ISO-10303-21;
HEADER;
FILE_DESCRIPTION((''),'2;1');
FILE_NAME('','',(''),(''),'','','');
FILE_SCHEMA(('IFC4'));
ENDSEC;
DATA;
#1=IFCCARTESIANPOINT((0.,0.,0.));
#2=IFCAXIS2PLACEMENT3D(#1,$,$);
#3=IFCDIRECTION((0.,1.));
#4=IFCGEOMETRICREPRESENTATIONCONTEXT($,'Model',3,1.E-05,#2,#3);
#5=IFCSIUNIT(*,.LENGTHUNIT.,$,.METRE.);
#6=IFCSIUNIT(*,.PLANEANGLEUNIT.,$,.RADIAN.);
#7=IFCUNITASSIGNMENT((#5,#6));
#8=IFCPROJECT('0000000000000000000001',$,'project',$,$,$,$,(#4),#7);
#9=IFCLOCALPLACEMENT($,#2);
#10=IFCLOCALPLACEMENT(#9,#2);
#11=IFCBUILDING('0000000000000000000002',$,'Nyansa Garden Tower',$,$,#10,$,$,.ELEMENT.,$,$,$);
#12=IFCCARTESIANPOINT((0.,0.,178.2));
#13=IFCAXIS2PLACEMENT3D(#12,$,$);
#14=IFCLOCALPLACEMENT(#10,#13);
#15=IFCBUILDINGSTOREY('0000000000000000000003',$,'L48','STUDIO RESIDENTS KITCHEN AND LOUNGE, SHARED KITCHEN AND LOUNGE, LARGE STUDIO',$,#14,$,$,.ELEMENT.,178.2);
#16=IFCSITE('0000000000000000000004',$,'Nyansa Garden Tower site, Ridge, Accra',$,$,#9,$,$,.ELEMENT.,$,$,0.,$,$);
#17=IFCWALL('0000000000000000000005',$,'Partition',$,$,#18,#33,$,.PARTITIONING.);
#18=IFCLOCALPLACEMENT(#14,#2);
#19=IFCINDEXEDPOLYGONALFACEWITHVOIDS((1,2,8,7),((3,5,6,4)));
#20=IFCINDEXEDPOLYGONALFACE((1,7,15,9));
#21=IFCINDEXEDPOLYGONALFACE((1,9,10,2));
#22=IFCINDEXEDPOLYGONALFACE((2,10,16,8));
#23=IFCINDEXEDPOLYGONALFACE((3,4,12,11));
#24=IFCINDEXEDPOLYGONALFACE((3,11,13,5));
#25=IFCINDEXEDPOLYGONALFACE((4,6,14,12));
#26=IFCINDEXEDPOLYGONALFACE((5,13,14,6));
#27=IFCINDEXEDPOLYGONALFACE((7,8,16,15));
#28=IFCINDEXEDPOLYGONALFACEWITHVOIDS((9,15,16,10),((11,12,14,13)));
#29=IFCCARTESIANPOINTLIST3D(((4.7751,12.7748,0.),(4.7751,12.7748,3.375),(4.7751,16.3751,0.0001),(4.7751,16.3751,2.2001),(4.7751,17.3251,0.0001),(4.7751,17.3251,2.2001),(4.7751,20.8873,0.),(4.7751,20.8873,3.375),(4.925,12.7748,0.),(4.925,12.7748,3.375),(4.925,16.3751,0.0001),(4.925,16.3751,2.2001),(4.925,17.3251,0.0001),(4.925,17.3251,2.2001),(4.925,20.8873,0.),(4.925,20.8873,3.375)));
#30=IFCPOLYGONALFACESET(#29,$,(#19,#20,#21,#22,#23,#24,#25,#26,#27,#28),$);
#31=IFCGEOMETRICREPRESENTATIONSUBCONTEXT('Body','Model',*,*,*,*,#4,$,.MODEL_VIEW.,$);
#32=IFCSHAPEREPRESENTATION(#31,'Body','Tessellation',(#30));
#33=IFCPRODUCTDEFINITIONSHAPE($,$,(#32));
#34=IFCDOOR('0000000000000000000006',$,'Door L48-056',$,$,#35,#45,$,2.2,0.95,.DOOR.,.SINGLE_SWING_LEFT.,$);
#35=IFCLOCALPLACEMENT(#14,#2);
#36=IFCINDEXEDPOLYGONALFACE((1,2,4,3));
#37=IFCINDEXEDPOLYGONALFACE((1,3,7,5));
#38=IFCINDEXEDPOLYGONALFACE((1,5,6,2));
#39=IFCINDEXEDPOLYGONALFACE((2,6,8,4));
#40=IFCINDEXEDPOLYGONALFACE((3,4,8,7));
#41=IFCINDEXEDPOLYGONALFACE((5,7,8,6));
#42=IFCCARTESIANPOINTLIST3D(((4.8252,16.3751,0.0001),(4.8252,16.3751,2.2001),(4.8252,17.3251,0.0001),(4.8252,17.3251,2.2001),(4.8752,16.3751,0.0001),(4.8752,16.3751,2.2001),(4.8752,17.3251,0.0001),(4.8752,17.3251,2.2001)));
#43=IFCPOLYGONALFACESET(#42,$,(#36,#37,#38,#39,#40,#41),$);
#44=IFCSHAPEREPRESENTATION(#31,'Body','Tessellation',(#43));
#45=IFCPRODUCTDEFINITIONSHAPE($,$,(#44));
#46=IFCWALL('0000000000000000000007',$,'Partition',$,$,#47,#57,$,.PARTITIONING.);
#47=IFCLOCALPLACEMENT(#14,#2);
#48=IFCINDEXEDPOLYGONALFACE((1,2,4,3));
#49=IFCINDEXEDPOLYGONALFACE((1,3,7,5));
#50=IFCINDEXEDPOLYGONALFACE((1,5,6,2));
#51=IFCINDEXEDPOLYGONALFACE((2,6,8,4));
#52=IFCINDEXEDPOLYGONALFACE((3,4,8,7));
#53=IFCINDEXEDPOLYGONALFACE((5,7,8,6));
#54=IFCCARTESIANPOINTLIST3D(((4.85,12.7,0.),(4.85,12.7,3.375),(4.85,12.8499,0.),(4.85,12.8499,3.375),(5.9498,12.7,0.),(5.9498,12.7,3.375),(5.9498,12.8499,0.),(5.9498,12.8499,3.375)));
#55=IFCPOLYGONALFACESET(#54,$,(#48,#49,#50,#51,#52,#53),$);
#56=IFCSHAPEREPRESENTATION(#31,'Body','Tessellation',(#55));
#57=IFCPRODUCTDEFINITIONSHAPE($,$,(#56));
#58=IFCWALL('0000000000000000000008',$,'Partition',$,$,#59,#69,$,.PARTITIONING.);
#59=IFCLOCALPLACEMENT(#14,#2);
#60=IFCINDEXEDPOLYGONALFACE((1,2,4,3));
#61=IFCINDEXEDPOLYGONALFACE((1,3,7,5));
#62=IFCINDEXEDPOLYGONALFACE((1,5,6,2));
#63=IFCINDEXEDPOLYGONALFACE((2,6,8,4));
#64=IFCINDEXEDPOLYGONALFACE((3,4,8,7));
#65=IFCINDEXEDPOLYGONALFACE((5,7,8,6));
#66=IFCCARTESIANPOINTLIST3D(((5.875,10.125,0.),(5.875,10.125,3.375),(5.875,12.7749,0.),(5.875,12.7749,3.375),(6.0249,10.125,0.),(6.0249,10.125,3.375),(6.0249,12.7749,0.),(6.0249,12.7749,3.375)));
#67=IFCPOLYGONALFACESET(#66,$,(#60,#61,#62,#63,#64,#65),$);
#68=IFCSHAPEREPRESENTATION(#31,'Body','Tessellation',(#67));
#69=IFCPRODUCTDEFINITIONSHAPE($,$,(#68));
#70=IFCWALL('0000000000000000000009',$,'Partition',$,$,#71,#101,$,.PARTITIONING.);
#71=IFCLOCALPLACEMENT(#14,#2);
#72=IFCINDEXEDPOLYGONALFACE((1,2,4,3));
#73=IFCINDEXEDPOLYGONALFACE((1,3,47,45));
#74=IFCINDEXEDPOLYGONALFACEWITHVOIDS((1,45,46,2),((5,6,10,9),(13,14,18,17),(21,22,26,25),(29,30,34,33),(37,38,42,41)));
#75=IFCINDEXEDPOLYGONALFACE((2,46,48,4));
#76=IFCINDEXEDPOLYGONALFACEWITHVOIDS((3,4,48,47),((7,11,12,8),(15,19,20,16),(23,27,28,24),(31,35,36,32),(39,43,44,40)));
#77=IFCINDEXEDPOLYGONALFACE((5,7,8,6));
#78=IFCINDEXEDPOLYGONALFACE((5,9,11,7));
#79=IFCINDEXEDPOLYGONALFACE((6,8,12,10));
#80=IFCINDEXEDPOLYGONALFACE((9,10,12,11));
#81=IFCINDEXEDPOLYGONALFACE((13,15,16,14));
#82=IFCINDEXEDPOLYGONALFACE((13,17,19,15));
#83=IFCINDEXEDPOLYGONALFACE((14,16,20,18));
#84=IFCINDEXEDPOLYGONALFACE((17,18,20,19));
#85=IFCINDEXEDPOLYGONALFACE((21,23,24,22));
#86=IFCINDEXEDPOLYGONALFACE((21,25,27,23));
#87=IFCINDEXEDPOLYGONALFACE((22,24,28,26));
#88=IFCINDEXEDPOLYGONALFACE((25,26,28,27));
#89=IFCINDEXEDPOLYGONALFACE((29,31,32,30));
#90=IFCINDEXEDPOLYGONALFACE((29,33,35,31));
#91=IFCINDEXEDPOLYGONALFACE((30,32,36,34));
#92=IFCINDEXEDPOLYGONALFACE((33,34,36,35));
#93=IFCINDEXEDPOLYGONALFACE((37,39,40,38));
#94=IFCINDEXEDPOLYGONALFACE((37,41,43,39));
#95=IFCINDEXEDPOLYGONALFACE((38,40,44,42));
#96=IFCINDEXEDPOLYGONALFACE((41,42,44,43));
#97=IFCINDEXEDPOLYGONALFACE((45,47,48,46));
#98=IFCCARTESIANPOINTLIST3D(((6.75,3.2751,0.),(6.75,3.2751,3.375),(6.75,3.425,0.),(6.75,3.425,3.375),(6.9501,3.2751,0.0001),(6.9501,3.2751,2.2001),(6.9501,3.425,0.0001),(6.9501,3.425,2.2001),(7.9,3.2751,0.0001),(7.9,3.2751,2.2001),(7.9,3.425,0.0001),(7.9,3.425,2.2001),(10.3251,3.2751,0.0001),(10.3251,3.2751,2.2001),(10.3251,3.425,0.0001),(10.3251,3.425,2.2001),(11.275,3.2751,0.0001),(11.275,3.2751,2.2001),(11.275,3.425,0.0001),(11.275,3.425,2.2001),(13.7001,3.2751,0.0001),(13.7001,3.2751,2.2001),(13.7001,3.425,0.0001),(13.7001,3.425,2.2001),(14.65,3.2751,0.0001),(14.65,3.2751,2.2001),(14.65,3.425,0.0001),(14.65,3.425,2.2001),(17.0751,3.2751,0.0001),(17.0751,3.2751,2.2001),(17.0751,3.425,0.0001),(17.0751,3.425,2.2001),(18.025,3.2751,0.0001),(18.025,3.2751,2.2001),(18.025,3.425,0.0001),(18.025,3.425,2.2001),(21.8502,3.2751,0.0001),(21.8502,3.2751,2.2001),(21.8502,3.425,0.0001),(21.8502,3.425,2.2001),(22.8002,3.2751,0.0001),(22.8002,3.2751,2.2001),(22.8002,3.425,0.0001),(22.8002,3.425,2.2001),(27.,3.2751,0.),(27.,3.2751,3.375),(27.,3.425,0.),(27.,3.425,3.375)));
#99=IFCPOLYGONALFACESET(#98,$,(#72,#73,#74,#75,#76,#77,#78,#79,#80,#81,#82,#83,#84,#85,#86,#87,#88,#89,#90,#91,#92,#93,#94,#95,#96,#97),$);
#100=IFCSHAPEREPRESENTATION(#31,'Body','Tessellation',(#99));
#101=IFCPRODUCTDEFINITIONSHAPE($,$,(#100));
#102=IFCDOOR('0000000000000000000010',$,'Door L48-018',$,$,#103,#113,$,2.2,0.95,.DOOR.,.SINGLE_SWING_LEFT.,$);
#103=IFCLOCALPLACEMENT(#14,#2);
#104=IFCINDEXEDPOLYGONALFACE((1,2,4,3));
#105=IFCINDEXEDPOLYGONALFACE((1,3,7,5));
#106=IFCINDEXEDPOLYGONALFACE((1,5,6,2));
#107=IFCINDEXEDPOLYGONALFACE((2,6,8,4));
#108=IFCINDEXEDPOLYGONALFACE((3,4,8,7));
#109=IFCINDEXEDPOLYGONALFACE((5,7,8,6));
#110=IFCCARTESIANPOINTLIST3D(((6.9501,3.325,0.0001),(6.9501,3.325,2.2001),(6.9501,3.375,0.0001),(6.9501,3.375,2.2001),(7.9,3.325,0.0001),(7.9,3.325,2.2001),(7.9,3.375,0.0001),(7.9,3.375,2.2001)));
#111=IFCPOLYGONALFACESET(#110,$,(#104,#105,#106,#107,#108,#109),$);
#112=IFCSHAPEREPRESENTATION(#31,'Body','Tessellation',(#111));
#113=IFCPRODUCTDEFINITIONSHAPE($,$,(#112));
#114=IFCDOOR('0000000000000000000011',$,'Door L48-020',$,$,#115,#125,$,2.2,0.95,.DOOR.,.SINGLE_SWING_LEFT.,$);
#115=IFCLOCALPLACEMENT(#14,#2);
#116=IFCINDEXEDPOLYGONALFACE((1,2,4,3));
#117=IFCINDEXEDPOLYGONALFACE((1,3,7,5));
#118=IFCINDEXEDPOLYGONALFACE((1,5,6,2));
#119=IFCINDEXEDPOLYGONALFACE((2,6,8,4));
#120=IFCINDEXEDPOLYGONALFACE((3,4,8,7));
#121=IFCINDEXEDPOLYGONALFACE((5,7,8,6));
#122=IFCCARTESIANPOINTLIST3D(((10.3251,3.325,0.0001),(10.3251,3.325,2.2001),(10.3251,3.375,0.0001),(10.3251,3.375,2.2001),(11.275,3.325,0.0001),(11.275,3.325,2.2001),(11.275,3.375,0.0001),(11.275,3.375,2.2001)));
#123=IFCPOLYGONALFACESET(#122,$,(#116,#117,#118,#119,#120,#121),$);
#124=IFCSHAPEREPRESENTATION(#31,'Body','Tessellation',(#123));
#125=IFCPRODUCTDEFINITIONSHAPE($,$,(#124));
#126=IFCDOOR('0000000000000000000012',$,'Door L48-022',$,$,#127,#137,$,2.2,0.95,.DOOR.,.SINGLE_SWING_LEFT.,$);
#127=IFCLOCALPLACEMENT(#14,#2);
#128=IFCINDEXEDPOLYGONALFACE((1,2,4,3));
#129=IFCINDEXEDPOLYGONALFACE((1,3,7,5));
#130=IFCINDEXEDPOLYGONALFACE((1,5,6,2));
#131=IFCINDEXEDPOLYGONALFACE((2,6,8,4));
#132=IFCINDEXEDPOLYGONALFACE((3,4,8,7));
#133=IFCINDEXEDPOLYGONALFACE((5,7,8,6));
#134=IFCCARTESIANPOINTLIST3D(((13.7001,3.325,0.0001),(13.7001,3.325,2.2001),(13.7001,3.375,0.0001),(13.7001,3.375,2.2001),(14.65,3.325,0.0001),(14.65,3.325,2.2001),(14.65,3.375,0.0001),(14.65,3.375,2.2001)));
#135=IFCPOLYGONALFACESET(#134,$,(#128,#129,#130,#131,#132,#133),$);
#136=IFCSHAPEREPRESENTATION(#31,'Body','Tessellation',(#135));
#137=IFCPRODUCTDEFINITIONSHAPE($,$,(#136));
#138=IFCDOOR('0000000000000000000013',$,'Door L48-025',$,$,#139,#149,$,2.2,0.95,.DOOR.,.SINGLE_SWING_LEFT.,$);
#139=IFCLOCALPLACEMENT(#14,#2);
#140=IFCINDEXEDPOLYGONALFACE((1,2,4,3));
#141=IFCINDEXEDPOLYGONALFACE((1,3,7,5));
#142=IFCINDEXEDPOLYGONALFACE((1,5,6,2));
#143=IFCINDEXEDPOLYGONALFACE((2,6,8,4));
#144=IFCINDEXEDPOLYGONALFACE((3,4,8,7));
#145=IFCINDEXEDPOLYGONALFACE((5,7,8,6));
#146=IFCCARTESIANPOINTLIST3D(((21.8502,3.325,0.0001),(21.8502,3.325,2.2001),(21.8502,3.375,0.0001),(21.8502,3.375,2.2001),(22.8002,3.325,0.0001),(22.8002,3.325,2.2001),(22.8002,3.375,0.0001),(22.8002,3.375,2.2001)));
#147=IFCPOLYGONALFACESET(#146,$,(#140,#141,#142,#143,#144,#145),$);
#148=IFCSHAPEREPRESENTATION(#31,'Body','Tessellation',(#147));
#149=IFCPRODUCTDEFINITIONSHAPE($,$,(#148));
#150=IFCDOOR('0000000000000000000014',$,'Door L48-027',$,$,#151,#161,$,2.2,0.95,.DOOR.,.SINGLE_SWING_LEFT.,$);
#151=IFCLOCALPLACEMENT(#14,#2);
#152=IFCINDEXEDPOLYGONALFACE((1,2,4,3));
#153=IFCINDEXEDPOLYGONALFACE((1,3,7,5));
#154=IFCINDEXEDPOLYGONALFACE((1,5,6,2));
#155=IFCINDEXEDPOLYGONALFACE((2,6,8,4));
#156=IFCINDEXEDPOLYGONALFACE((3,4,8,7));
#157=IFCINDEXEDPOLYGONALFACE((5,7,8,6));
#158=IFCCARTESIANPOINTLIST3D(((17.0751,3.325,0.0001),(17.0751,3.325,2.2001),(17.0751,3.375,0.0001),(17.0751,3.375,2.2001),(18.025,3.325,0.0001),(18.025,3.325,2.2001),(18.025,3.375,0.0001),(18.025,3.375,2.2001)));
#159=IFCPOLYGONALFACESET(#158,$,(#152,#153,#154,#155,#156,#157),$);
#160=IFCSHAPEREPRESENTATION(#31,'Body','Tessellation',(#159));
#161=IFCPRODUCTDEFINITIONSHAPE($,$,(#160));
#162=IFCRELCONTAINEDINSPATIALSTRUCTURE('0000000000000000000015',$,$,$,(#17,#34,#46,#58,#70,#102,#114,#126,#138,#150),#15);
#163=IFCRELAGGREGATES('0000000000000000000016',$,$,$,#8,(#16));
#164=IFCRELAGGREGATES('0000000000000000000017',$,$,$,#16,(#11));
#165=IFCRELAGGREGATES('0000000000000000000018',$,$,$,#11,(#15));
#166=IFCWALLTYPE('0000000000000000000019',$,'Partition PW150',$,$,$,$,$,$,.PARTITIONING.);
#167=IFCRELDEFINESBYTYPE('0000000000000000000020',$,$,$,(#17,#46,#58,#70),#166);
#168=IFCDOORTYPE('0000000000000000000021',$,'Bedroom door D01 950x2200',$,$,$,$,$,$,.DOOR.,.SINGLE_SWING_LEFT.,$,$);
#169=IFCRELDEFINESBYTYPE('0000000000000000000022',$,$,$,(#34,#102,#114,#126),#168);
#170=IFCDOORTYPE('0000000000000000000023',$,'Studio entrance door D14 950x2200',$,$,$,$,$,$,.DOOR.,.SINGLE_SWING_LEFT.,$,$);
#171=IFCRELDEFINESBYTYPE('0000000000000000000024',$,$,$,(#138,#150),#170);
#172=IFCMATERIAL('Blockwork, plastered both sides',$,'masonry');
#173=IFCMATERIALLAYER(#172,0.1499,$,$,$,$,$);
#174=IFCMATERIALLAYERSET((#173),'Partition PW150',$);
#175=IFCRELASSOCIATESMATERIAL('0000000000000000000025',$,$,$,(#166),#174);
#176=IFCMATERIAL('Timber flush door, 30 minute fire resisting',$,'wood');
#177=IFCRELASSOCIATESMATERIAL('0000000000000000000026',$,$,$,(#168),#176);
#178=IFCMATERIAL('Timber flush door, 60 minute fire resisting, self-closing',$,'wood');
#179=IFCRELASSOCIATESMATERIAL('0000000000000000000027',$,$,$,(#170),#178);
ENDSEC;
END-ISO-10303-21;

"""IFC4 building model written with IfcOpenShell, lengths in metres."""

from ifc_helpers import new_model, si_unit, direction, frame, frame_2d, origin, place, context, subcontext, project, spatial, rectangle, extrude, material, layer, layer_set, type_object, element, fill, save


model = new_model("IFC4")

# Units and contexts
model_context = context("Model", 3, precision=1e-05, world=origin(), true_north=direction((0.0, 1.0)))
body_context = subcontext(model_context, "Body", "Model", "MODEL_VIEW")
ifc_project = project(units=[si_unit("LENGTHUNIT", "METRE"), si_unit("PLANEANGLEUNIT", "RADIAN")], contexts=[model_context])

# Site, building, storey
site_placement = place(None, origin())
site = spatial("IfcSite", under=ifc_project, at=site_placement, Name="Nyansa Garden Tower site, Ridge, Accra", CompositionType="ELEMENT", RefElevation=0.0)
building_placement = place(site_placement, origin())
building = spatial("IfcBuilding", under=site, at=building_placement, Name="Nyansa Garden Tower", CompositionType="ELEMENT")
storey_placement = place(building_placement, frame((0.0, 0.0, 178.2)))
storey = spatial("IfcBuildingStorey", under=building, at=storey_placement, Name="L48", Description="STUDIO RESIDENTS KITCHEN AND LOUNGE, SHARED KITCHEN AND LOUNGE, LARGE STUDIO", CompositionType="ELEMENT", Elevation=178.2)

# Wall, opening, door
ifc_material_1 = material(Name="Blockwork, plastered both sides", Category="masonry")
ifc_layer = layer(ifc_material_1, 0.1499)
ifc_layer_set = layer_set([ifc_layer], Name="Partition PW150")
wall_type = type_object("IfcWallType", Name="Partition PW150", PredefinedType="PARTITIONING", material=ifc_layer_set)
wall_1_placement = place(storey_placement, frame((4.8501, 12.7749, 0.0), z_axis=(0.0, 0.0, 1.0), x_axis=(0.0, 1.0, 0.0)))
wall_1 = element("IfcWall", 1, at=wall_1_placement, inside=storey, type_object=wall_type, Name="Partition", PredefinedType="PARTITIONING", context=body_context, shape_type="SweptSolid", body=[
    extrude(rectangle(XDim=8.1125, YDim=0.1499, at=frame_2d((4.0562, 0.0))), origin(), (0.0, 0.0, 1.0), 3.375),
])
opening_1_placement = place(wall_1_placement, frame((3.6001, 0.0, 0.0)))
opening_1 = element("IfcOpeningElement", 2, at=opening_1_placement, cuts=wall_1, PredefinedType="OPENING", context=body_context, shape_type="SweptSolid", body=[
    extrude(rectangle(XDim=0.95, YDim=2.2, at=frame_2d((0.4751, 1.1001))), frame((0.0, 0.085, 0.0), z_axis=(0.0, -1.0, 0.0), x_axis=(1.0, 0.0, 0.0)), (0.0, 0.0, 1.0), 0.1699),
])
ifc_material_2 = material(Name="Timber flush door, 30 minute fire resisting", Category="wood")
door_type_1 = type_object("IfcDoorType", Name="Bedroom door D01 950x2200", OperationType="SINGLE_SWING_LEFT", PredefinedType="DOOR", material=ifc_material_2)
door_1_placement = place(opening_1_placement, origin())
door_1 = element("IfcDoor", 3, at=door_1_placement, inside=storey, type_object=door_type_1, Name="Door L48-056", OperationType="SINGLE_SWING_LEFT", OverallHeight=2.2, OverallWidth=0.95, PredefinedType="DOOR", context=body_context, shape_type="SweptSolid", body=[
    extrude(rectangle(XDim=0.95, YDim=2.2, at=frame_2d((0.4751, 1.1001))), frame((0.0, 0.0249, 0.0), z_axis=(0.0, -1.0, 0.0), x_axis=(1.0, 0.0, 0.0)), (0.0, 0.0, 1.0), 0.05),
])
fill(opening_1, door_1)

# Walls
wall_2_placement = place(storey_placement, frame((4.8501, 12.7749, 0.0), z_axis=(0.0, 0.0, 1.0), x_axis=(1.0, 0.0, 0.0)))
element("IfcWall", 4, at=wall_2_placement, inside=storey, type_object=wall_type, Name="Partition", PredefinedType="PARTITIONING", context=body_context, shape_type="SweptSolid", body=[
    extrude(rectangle(XDim=1.0999, YDim=0.1499, at=frame_2d((0.5498, 0.0))), origin(), (0.0, 0.0, 1.0), 3.375),
])
wall_3_placement = place(storey_placement, frame((5.95, 10.125, 0.0), z_axis=(0.0, 0.0, 1.0), x_axis=(0.0, 1.0, 0.0)))
element("IfcWall", 5, at=wall_3_placement, inside=storey, type_object=wall_type, Name="Partition", PredefinedType="PARTITIONING", context=body_context, shape_type="SweptSolid", body=[
    extrude(rectangle(XDim=2.6499, YDim=0.1499, at=frame_2d((1.325, 0.0))), origin(), (0.0, 0.0, 1.0), 3.375),
])

# Wall, openings, doors
wall_4_placement = place(storey_placement, frame((6.75, 3.3501, 0.0), z_axis=(0.0, 0.0, 1.0), x_axis=(1.0, 0.0, 0.0)))
wall_4 = element("IfcWall", 6, at=wall_4_placement, inside=storey, type_object=wall_type, Name="Partition", PredefinedType="PARTITIONING", context=body_context, shape_type="SweptSolid", body=[
    extrude(rectangle(XDim=20.25, YDim=0.1499, at=frame_2d((10.125, 0.0))), origin(), (0.0, 0.0, 1.0), 3.375),
])
opening_2_placement = place(wall_4_placement, frame((0.2, 0.0, 0.0)))
opening_2 = element("IfcOpeningElement", 7, at=opening_2_placement, cuts=wall_4, PredefinedType="OPENING", context=body_context, shape_type="SweptSolid", body=[
    extrude(rectangle(XDim=0.95, YDim=2.2, at=frame_2d((0.4751, 1.1001))), frame((0.0, 0.085, 0.0), z_axis=(0.0, -1.0, 0.0), x_axis=(1.0, 0.0, 0.0)), (0.0, 0.0, 1.0), 0.1699),
])
opening_3_placement = place(wall_4_placement, frame((3.575, 0.0, 0.0)))
opening_3 = element("IfcOpeningElement", 8, at=opening_3_placement, cuts=wall_4, PredefinedType="OPENING", context=body_context, shape_type="SweptSolid", body=[
    extrude(rectangle(XDim=0.95, YDim=2.2, at=frame_2d((0.4751, 1.1001))), frame((0.0, 0.085, 0.0), z_axis=(0.0, -1.0, 0.0), x_axis=(1.0, 0.0, 0.0)), (0.0, 0.0, 1.0), 0.1699),
])
opening_4_placement = place(wall_4_placement, frame((6.95, 0.0, 0.0)))
opening_4 = element("IfcOpeningElement", 9, at=opening_4_placement, cuts=wall_4, PredefinedType="OPENING", context=body_context, shape_type="SweptSolid", body=[
    extrude(rectangle(XDim=0.95, YDim=2.2, at=frame_2d((0.4751, 1.1001))), frame((0.0, 0.085, 0.0), z_axis=(0.0, -1.0, 0.0), x_axis=(1.0, 0.0, 0.0)), (0.0, 0.0, 1.0), 0.1699),
])
opening_5_placement = place(wall_4_placement, frame((15.1001, 0.0, 0.0)))
opening_5 = element("IfcOpeningElement", 10, at=opening_5_placement, cuts=wall_4, PredefinedType="OPENING", context=body_context, shape_type="SweptSolid", body=[
    extrude(rectangle(XDim=0.95, YDim=2.2, at=frame_2d((0.4751, 1.1001))), frame((0.0, 0.085, 0.0), z_axis=(0.0, -1.0, 0.0), x_axis=(1.0, 0.0, 0.0)), (0.0, 0.0, 1.0), 0.1699),
])
opening_6_placement = place(wall_4_placement, frame((10.325, 0.0, 0.0)))
opening_6 = element("IfcOpeningElement", 11, at=opening_6_placement, cuts=wall_4, PredefinedType="OPENING", context=body_context, shape_type="SweptSolid", body=[
    extrude(rectangle(XDim=0.95, YDim=2.2, at=frame_2d((0.4751, 1.1001))), frame((0.0, 0.085, 0.0), z_axis=(0.0, -1.0, 0.0), x_axis=(1.0, 0.0, 0.0)), (0.0, 0.0, 1.0), 0.1699),
])
door_2_placement = place(opening_2_placement, origin())
door_2 = element("IfcDoor", 12, at=door_2_placement, inside=storey, type_object=door_type_1, Name="Door L48-018", OperationType="SINGLE_SWING_LEFT", OverallHeight=2.2, OverallWidth=0.95, PredefinedType="DOOR", context=body_context, shape_type="SweptSolid", body=[
    extrude(rectangle(XDim=0.95, YDim=2.2, at=frame_2d((0.4751, 1.1001))), frame((0.0, 0.0249, 0.0), z_axis=(0.0, -1.0, 0.0), x_axis=(1.0, 0.0, 0.0)), (0.0, 0.0, 1.0), 0.05),
])
fill(opening_2, door_2)
door_3_placement = place(opening_3_placement, origin())
door_3 = element("IfcDoor", 13, at=door_3_placement, inside=storey, type_object=door_type_1, Name="Door L48-020", OperationType="SINGLE_SWING_LEFT", OverallHeight=2.2, OverallWidth=0.95, PredefinedType="DOOR", context=body_context, shape_type="SweptSolid", body=[
    extrude(rectangle(XDim=0.95, YDim=2.2, at=frame_2d((0.4751, 1.1001))), frame((0.0, 0.0249, 0.0), z_axis=(0.0, -1.0, 0.0), x_axis=(1.0, 0.0, 0.0)), (0.0, 0.0, 1.0), 0.05),
])
fill(opening_3, door_3)
door_4_placement = place(opening_4_placement, origin())
door_4 = element("IfcDoor", 14, at=door_4_placement, inside=storey, type_object=door_type_1, Name="Door L48-022", OperationType="SINGLE_SWING_LEFT", OverallHeight=2.2, OverallWidth=0.95, PredefinedType="DOOR", context=body_context, shape_type="SweptSolid", body=[
    extrude(rectangle(XDim=0.95, YDim=2.2, at=frame_2d((0.4751, 1.1001))), frame((0.0, 0.0249, 0.0), z_axis=(0.0, -1.0, 0.0), x_axis=(1.0, 0.0, 0.0)), (0.0, 0.0, 1.0), 0.05),
])
fill(opening_4, door_4)
ifc_material_3 = material(Name="Timber flush door, 60 minute fire resisting, self-closing", Category="wood")
door_type_2 = type_object("IfcDoorType", Name="Studio entrance door D14 950x2200", OperationType="SINGLE_SWING_LEFT", PredefinedType="DOOR", material=ifc_material_3)
door_5_placement = place(opening_5_placement, origin())
door_5 = element("IfcDoor", 15, at=door_5_placement, inside=storey, type_object=door_type_2, Name="Door L48-025", OperationType="SINGLE_SWING_LEFT", OverallHeight=2.2, OverallWidth=0.95, PredefinedType="DOOR", context=body_context, shape_type="SweptSolid", body=[
    extrude(rectangle(XDim=0.95, YDim=2.2, at=frame_2d((0.4751, 1.1001))), frame((0.0, 0.0249, 0.0), z_axis=(0.0, -1.0, 0.0), x_axis=(1.0, 0.0, 0.0)), (0.0, 0.0, 1.0), 0.05),
])
fill(opening_5, door_5)
door_6_placement = place(opening_6_placement, origin())
door_6 = element("IfcDoor", 16, at=door_6_placement, inside=storey, type_object=door_type_2, Name="Door L48-027", OperationType="SINGLE_SWING_LEFT", OverallHeight=2.2, OverallWidth=0.95, PredefinedType="DOOR", context=body_context, shape_type="SweptSolid", body=[
    extrude(rectangle(XDim=0.95, YDim=2.2, at=frame_2d((0.4751, 1.1001))), frame((0.0, 0.0249, 0.0), z_axis=(0.0, -1.0, 0.0), x_axis=(1.0, 0.0, 0.0)), (0.0, 0.0, 1.0), 0.05),
])
fill(opening_6, door_6)

save(model, "model.ifc")
